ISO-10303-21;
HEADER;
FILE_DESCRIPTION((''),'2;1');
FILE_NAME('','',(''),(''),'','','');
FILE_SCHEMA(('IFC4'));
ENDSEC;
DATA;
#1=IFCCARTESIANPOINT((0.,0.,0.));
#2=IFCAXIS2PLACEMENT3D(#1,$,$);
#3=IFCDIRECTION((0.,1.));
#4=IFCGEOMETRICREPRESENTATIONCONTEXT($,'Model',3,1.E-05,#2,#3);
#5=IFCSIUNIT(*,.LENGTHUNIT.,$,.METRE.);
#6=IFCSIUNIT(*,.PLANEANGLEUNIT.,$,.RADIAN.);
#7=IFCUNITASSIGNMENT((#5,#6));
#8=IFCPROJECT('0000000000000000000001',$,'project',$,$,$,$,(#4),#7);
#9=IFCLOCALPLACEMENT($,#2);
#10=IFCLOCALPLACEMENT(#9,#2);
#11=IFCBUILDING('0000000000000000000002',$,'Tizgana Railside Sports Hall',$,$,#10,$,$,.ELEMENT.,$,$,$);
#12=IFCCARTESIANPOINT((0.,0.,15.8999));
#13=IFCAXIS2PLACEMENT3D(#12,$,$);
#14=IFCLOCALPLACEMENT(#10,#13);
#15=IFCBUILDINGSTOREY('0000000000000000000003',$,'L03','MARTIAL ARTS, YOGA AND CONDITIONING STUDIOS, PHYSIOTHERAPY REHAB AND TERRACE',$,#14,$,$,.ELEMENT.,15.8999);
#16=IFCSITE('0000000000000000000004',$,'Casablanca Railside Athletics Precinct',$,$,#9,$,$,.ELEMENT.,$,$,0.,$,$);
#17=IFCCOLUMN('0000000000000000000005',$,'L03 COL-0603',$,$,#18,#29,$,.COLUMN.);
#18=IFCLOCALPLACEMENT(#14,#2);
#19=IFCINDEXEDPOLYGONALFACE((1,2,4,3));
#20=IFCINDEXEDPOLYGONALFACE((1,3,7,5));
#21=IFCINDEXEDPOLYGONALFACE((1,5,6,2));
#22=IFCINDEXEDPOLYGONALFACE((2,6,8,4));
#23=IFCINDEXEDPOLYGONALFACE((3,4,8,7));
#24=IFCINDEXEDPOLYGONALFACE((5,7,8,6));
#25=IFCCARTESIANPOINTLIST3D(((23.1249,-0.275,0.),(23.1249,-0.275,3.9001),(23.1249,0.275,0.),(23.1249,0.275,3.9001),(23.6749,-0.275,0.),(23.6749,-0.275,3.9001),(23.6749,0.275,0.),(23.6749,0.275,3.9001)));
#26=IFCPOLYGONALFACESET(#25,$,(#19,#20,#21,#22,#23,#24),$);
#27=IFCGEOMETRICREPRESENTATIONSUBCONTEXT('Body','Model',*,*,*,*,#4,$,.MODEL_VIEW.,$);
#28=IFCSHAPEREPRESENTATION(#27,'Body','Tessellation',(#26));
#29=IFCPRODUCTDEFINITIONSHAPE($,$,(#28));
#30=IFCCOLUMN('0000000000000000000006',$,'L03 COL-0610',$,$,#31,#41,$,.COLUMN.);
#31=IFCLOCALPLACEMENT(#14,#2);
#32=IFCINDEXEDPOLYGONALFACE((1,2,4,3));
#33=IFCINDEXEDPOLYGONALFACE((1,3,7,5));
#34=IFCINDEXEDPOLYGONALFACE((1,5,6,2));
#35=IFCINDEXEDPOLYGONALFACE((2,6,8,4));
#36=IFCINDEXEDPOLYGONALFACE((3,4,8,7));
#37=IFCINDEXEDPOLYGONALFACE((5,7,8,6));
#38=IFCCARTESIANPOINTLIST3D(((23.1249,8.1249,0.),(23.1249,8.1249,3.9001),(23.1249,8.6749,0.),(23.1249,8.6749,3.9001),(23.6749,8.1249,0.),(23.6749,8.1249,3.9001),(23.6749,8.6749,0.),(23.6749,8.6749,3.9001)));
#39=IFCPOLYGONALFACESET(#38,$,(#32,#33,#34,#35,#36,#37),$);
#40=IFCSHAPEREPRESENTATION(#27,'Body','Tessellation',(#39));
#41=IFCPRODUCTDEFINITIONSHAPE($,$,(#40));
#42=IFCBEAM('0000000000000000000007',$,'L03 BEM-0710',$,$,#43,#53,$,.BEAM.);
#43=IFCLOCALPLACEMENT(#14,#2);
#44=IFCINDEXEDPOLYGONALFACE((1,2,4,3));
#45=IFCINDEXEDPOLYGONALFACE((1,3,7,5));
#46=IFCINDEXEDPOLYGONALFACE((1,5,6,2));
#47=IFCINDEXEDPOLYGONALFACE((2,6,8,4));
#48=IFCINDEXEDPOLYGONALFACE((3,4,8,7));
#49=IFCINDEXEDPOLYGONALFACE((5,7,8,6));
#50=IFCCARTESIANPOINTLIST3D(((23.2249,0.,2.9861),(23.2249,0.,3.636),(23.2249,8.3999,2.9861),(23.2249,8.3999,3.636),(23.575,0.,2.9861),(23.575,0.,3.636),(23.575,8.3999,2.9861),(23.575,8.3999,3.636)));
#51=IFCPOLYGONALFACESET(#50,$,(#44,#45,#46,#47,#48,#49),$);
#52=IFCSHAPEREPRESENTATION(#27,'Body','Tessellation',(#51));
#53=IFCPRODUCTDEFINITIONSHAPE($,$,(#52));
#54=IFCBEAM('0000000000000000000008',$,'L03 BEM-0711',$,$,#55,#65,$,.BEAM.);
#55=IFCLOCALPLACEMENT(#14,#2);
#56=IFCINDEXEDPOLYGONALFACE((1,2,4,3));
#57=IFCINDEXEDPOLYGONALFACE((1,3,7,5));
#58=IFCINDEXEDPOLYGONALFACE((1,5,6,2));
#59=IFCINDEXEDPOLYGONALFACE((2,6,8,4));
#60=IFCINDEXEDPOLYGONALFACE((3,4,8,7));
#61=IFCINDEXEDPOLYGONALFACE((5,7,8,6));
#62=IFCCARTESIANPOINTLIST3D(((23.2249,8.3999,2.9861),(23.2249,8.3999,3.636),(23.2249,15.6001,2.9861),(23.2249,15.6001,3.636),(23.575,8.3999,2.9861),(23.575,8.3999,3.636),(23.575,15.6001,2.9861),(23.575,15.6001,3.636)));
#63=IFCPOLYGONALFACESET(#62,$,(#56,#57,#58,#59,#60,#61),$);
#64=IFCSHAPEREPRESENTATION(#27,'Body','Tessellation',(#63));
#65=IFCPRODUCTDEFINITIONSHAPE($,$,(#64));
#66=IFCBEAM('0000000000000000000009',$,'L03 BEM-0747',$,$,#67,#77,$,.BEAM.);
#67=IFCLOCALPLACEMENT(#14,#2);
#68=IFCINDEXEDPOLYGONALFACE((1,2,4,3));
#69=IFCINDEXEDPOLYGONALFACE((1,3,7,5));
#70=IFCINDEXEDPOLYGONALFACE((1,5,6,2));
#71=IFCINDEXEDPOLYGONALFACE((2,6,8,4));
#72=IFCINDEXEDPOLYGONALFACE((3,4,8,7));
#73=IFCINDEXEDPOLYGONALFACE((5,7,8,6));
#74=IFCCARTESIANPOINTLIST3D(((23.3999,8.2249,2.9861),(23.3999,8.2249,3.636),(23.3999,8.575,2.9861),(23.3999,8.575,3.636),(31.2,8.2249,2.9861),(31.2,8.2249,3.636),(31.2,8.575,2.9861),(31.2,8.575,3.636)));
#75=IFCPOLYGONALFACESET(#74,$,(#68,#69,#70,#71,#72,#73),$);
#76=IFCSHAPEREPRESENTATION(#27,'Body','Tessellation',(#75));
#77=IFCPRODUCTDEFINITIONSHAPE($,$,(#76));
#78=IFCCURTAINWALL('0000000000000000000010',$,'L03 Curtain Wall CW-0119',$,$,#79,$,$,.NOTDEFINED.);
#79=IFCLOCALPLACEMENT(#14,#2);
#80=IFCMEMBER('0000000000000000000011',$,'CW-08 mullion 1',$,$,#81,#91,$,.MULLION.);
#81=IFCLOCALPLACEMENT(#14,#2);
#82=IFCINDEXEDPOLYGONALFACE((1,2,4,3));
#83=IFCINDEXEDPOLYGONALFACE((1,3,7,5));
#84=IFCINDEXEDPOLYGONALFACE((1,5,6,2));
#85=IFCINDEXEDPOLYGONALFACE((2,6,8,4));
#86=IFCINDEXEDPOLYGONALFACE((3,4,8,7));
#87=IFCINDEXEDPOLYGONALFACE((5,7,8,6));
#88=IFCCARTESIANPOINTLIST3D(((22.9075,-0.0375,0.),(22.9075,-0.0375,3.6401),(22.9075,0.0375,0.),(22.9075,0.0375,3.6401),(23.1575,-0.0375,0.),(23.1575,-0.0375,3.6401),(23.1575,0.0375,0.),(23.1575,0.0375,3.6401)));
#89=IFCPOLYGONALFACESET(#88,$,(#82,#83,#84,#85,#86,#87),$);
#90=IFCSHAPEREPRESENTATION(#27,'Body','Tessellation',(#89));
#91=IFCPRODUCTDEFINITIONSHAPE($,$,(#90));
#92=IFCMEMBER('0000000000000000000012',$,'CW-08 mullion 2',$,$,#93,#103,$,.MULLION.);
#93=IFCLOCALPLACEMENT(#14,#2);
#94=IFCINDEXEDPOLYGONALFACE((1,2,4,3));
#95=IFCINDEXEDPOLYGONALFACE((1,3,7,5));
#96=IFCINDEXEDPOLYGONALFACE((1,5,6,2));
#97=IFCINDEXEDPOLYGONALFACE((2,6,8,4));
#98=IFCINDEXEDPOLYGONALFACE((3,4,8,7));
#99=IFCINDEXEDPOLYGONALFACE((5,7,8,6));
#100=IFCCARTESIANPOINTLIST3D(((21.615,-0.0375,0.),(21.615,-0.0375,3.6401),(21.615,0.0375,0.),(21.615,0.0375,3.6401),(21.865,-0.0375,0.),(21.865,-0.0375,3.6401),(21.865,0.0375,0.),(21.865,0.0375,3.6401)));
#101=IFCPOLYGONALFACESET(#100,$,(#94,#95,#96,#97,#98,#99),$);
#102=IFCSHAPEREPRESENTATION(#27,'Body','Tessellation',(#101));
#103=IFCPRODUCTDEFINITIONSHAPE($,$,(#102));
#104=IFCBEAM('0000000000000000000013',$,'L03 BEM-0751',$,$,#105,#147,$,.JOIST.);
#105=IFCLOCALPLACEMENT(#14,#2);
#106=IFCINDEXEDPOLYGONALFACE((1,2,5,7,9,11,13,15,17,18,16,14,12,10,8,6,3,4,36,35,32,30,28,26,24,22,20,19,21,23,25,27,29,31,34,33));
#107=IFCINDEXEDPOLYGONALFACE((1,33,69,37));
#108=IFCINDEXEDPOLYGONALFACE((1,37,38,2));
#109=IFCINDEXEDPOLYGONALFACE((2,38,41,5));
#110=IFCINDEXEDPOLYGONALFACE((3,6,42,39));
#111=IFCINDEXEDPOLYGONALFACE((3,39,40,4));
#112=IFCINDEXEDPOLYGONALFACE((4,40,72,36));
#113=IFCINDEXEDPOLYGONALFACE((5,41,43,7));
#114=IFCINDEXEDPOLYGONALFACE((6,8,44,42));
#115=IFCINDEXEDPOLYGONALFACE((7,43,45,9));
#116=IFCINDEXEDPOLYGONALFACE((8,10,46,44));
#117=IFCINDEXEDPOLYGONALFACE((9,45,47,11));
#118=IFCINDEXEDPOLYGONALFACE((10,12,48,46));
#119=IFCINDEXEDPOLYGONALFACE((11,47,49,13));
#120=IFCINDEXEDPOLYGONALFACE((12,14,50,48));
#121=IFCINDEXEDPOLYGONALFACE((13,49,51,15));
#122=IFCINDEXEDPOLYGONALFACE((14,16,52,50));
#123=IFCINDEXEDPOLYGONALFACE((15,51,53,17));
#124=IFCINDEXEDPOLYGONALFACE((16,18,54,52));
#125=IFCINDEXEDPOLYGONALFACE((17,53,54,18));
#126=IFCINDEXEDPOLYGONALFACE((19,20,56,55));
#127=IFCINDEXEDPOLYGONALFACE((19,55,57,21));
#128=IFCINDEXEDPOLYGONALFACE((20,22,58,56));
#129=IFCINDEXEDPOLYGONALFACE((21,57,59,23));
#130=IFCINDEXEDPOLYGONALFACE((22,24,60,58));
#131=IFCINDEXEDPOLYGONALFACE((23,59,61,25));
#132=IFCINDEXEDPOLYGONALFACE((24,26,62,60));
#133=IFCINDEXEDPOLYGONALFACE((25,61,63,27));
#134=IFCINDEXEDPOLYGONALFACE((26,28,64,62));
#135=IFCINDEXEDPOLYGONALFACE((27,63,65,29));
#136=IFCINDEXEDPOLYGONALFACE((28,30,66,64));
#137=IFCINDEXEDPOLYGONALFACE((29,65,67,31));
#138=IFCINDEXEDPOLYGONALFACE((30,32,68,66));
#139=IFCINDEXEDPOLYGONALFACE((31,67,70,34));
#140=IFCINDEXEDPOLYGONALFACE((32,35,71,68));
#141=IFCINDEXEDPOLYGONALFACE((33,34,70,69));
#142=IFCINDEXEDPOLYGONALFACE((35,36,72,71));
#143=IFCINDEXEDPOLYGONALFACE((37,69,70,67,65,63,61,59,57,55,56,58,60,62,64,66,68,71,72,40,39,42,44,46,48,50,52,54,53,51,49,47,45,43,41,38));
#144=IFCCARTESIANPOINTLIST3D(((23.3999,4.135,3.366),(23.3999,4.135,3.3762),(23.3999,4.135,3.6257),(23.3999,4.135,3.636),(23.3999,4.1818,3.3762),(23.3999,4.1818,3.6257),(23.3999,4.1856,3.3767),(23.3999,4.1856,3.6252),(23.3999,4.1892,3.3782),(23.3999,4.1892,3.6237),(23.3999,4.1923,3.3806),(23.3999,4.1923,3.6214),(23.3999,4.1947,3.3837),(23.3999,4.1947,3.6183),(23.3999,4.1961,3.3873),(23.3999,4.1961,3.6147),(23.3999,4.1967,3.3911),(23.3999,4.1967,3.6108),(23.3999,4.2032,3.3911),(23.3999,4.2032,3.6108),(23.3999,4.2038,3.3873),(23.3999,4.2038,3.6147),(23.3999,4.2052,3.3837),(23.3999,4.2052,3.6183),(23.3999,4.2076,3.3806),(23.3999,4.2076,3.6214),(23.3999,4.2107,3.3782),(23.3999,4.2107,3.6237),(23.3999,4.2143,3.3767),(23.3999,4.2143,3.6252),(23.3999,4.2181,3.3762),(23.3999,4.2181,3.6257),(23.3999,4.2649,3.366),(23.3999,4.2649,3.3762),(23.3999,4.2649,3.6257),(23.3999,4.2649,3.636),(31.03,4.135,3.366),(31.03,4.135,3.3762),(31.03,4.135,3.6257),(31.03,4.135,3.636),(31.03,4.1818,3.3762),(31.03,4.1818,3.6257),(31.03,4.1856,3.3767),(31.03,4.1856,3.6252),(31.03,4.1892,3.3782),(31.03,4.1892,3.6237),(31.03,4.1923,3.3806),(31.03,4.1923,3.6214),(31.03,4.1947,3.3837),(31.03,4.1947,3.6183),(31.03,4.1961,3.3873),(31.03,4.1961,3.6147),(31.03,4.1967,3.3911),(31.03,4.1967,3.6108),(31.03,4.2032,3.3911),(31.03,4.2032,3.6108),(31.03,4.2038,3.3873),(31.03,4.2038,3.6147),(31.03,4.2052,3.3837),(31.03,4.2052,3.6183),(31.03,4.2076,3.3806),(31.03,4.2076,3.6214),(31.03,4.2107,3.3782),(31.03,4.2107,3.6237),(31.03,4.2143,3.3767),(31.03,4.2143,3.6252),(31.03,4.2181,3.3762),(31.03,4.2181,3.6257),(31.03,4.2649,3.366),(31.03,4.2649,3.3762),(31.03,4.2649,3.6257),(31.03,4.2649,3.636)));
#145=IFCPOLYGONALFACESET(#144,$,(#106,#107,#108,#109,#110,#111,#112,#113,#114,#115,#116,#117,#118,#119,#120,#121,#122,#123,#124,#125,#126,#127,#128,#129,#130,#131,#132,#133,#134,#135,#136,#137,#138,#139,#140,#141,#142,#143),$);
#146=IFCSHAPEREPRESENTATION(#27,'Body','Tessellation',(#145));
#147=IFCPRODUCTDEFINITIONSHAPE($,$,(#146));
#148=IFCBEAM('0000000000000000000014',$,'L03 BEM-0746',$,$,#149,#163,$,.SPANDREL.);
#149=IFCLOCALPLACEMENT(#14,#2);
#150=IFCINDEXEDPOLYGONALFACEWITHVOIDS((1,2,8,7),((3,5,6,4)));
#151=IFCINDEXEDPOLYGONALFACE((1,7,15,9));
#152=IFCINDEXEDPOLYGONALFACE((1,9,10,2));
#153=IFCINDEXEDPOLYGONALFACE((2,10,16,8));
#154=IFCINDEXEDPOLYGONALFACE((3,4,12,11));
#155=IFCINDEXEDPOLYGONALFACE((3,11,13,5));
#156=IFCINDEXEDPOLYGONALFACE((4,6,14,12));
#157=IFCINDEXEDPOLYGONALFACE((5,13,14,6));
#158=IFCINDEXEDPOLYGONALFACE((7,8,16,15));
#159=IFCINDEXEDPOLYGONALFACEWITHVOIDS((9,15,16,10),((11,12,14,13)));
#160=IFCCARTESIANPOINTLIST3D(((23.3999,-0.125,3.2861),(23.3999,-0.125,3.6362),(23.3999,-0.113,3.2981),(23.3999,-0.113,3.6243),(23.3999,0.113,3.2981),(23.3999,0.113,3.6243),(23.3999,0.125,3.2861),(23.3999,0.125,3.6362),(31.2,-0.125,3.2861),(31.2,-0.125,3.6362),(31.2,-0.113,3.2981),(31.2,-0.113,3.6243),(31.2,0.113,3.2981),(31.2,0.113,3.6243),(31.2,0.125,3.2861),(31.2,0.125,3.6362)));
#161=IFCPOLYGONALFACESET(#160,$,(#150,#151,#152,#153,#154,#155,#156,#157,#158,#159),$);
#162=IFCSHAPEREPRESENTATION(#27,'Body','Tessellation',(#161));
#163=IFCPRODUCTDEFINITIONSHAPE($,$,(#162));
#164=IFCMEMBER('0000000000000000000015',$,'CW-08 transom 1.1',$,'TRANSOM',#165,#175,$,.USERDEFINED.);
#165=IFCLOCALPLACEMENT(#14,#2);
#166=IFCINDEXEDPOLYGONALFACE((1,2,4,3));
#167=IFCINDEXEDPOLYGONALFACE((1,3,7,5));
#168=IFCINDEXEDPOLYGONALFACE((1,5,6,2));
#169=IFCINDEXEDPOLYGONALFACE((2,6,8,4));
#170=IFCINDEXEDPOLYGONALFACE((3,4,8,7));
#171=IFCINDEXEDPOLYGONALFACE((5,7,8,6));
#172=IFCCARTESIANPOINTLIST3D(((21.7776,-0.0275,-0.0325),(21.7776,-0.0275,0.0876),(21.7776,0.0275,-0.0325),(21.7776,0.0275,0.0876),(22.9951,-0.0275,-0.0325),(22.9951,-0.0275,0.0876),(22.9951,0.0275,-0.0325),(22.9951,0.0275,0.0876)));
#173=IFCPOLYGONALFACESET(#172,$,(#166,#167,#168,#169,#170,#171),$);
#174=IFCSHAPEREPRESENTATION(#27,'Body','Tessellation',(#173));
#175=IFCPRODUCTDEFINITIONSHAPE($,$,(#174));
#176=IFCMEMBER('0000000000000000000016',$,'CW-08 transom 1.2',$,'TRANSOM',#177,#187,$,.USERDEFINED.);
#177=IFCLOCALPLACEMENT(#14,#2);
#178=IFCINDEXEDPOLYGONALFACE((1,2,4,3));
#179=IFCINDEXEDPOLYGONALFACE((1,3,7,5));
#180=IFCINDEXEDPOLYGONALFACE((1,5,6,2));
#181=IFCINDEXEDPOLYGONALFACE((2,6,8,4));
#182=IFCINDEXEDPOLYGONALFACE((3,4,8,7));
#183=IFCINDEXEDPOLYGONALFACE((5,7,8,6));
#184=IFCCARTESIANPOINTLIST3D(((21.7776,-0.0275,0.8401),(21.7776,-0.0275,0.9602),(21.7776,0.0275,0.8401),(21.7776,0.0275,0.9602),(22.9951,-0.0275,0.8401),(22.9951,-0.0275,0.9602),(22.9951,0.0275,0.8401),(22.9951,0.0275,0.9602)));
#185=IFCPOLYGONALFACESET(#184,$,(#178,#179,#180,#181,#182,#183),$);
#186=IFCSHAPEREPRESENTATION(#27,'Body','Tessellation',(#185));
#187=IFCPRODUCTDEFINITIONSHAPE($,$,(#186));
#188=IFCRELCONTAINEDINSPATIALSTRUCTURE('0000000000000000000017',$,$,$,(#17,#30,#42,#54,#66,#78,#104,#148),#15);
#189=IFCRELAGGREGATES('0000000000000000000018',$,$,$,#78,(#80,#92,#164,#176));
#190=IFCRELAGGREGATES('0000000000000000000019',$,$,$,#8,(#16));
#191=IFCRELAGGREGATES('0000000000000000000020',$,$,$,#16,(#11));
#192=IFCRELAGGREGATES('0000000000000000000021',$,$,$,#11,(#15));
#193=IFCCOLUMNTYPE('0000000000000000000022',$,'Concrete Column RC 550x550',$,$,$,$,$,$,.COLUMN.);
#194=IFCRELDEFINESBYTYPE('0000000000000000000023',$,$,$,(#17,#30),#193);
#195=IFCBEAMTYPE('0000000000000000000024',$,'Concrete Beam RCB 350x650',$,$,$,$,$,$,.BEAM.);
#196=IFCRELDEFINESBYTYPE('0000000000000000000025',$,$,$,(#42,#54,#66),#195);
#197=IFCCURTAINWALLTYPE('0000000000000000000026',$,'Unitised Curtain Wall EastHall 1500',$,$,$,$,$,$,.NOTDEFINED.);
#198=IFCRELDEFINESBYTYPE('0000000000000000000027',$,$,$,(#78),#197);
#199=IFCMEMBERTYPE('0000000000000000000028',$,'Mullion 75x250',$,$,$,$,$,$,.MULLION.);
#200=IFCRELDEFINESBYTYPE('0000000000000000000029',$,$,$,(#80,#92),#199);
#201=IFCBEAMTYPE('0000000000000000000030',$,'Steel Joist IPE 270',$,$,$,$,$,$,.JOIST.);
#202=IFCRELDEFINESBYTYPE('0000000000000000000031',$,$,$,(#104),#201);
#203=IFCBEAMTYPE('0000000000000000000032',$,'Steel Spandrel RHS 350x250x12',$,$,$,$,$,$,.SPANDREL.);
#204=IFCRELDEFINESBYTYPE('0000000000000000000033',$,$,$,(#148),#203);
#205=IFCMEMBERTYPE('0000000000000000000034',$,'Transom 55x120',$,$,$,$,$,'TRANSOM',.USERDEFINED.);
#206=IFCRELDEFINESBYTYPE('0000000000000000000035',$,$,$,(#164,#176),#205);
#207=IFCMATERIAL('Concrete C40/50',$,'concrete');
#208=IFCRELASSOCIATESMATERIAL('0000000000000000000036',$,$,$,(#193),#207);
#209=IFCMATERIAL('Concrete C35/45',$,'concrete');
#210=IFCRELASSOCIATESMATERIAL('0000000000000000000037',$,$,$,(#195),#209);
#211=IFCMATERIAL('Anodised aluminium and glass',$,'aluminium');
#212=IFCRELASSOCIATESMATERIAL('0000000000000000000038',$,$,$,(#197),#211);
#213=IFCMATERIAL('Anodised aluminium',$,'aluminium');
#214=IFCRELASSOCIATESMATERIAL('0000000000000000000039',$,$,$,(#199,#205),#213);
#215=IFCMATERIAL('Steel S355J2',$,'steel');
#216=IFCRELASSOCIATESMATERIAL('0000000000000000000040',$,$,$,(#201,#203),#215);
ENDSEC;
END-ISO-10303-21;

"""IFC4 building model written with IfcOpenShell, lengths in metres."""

from ifc_helpers import new_model, si_unit, direction, frame, origin, origin_2d, place, context, subcontext, project, spatial, rectangle, hollow_rectangle, i_section, extrude, material, material_profile, profile_set, type_object, element, aggregate, save


model = new_model("IFC4")

# Units and contexts
model_context = context("Model", 3, precision=1e-05, world=origin(), true_north=direction((0.0, 1.0)))
body_context = subcontext(model_context, "Body", "Model", "MODEL_VIEW")
ifc_project = project(units=[si_unit("LENGTHUNIT", "METRE"), si_unit("PLANEANGLEUNIT", "RADIAN")], contexts=[model_context])

# Site, building, storey
site_placement = place(None, origin())
site = spatial("IfcSite", under=ifc_project, at=site_placement, Name="Casablanca Railside Athletics Precinct", CompositionType="ELEMENT", RefElevation=0.0)
building_placement = place(site_placement, origin())
building = spatial("IfcBuilding", under=site, at=building_placement, Name="Tizgana Railside Sports Hall", CompositionType="ELEMENT")
storey_placement = place(building_placement, frame((0.0, 0.0, 15.8999)))
storey = spatial("IfcBuildingStorey", under=building, at=storey_placement, Name="L03", Description="MARTIAL ARTS, YOGA AND CONDITIONING STUDIOS, PHYSIOTHERAPY REHAB AND TERRACE", CompositionType="ELEMENT", Elevation=15.8999)

# Columns
ifc_material_1 = material(Name="Concrete C40/50", Category="concrete")
ifc_material_profile_1 = material_profile(ifc_material_1, rectangle(XDim=0.55, YDim=0.55, at=origin_2d()), Name="RC 550x550")
ifc_profile_set_1 = profile_set([ifc_material_profile_1], Name="Concrete C40/50")
column_type = type_object("IfcColumnType", Name="Concrete Column RC 550x550", PredefinedType="COLUMN", material=ifc_profile_set_1)
for number, where, z_axis, x_axis, name in (
    (1, (23.3999, 0.0, 0.0), (0.0, 0.0, 1.0), (1.0, 0.0, 0.0), "L03 COL-0603"),
    (2, (23.3999, 8.3999, 0.0), (0.0, 0.0, 1.0), (1.0, 0.0, 0.0), "L03 COL-0610"),
):
    element("IfcColumn", number, at=place(storey_placement, frame(where, z_axis=z_axis, x_axis=x_axis)), inside=storey, type_object=column_type, Name=name, PredefinedType="COLUMN", context=body_context, shape_type="SweptSolid", body=[
        extrude(rectangle(XDim=0.55, YDim=0.55, at=origin_2d()), origin(), (0.0, 0.0, 1.0), 3.9001),
    ])

# Beams
ifc_material_2 = material(Name="Concrete C35/45", Category="concrete")
ifc_material_profile_2 = material_profile(ifc_material_2, rectangle(XDim=0.3501, YDim=0.6499, at=origin_2d()), Name="RCB 350x650")
ifc_profile_set_2 = profile_set([ifc_material_profile_2], Name="Concrete C35/45")
beam_type_1 = type_object("IfcBeamType", Name="Concrete Beam RCB 350x650", PredefinedType="BEAM", material=ifc_profile_set_2)
beam_1_placement = place(storey_placement, frame((23.3999, 0.0, 3.311), z_axis=(0.0, 1.0, 0.0), x_axis=(-1.0, 0.0, 0.0)))
element("IfcBeam", 3, at=beam_1_placement, inside=storey, type_object=beam_type_1, Name="L03 BEM-0710", PredefinedType="BEAM", context=body_context, shape_type="SweptSolid", body=[
    extrude(rectangle(XDim=0.3501, YDim=0.6499, at=origin_2d()), origin(), (0.0, 0.0, 1.0), 8.3999),
])
beam_2_placement = place(storey_placement, frame((23.3999, 8.3999, 3.311), z_axis=(0.0, 1.0, 0.0), x_axis=(-1.0, 0.0, 0.0)))
element("IfcBeam", 4, at=beam_2_placement, inside=storey, type_object=beam_type_1, Name="L03 BEM-0711", PredefinedType="BEAM", context=body_context, shape_type="SweptSolid", body=[
    extrude(rectangle(XDim=0.3501, YDim=0.6499, at=origin_2d()), origin(), (0.0, 0.0, 1.0), 7.2002),
])
beam_3_placement = place(storey_placement, frame((23.3999, 8.3999, 3.311), z_axis=(1.0, 0.0, 0.0), x_axis=(0.0, 1.0, 0.0)))
element("IfcBeam", 5, at=beam_3_placement, inside=storey, type_object=beam_type_1, Name="L03 BEM-0747", PredefinedType="BEAM", context=body_context, shape_type="SweptSolid", body=[
    extrude(rectangle(XDim=0.3501, YDim=0.6499, at=origin_2d()), origin(), (0.0, 0.0, 1.0), 7.8),
])

# Curtain wall, members
ifc_material_3 = material(Name="Anodised aluminium and glass", Category="aluminium")
curtain_wall_type = type_object("IfcCurtainWallType", Name="Unitised Curtain Wall EastHall 1500", PredefinedType="NOTDEFINED", material=ifc_material_3)
curtain_wall_placement = place(storey_placement, origin())
curtain_wall = element("IfcCurtainWall", 6, at=curtain_wall_placement, inside=storey, type_object=curtain_wall_type, Name="L03 Curtain Wall CW-0119", PredefinedType="NOTDEFINED")
ifc_material_4 = material(Name="Anodised aluminium", Category="aluminium")
ifc_material_profile_3 = material_profile(ifc_material_4, rectangle(XDim=0.075, YDim=0.25, at=origin_2d()), Name="Mullion 75x250")
ifc_profile_set_3 = profile_set([ifc_material_profile_3], Name="Anodised aluminium")
member_type_1 = type_object("IfcMemberType", Name="Mullion 75x250", PredefinedType="MULLION", material=ifc_profile_set_3)
member_1_placement = place(storey_placement, frame((23.0325, 0.0, 0.0), z_axis=(0.0, 0.0, 1.0), x_axis=(0.0, -1.0, 0.0)))
member_1 = element("IfcMember", 7, at=member_1_placement, type_object=member_type_1, Name="CW-08 mullion 1", PredefinedType="MULLION", context=body_context, shape_type="SweptSolid", body=[
    extrude(rectangle(XDim=0.075, YDim=0.25, at=origin_2d()), origin(), (0.0, 0.0, 1.0), 3.6401),
])
member_2_placement = place(storey_placement, frame((21.74, 0.0, 0.0), z_axis=(0.0, 0.0, 1.0), x_axis=(0.0, -1.0, 0.0)))
member_2 = element("IfcMember", 8, at=member_2_placement, type_object=member_type_1, Name="CW-08 mullion 2", PredefinedType="MULLION", context=body_context, shape_type="SweptSolid", body=[
    extrude(rectangle(XDim=0.075, YDim=0.25, at=origin_2d()), origin(), (0.0, 0.0, 1.0), 3.6401),
])

# Beams
ifc_material_5 = material(Name="Steel S355J2", Category="steel")
ifc_material_profile_4 = material_profile(ifc_material_5, i_section(OverallWidth=0.1299, OverallDepth=0.27, WebThickness=0.0066, FlangeThickness=0.0103, FilletRadius=0.0149, at=origin_2d()), Name="IPE 270")
ifc_profile_set_4 = profile_set([ifc_material_profile_4], Name="Steel S355J2")
beam_type_2 = type_object("IfcBeamType", Name="Steel Joist IPE 270", PredefinedType="JOIST", material=ifc_profile_set_4)
beam_4_placement = place(storey_placement, frame((23.3999, 4.2, 3.501), z_axis=(1.0, 0.0, 0.0), x_axis=(0.0, 1.0, 0.0)))
element("IfcBeam", 9, at=beam_4_placement, inside=storey, type_object=beam_type_2, Name="L03 BEM-0751", PredefinedType="JOIST", context=body_context, shape_type="SweptSolid", body=[
    extrude(i_section(OverallWidth=0.1299, OverallDepth=0.27, WebThickness=0.0066, FlangeThickness=0.0103, FilletRadius=0.0149, at=origin_2d()), origin(), (0.0, 0.0, 1.0), 7.6301),
])
ifc_material_profile_5 = material_profile(ifc_material_5, hollow_rectangle(XDim=0.25, YDim=0.3501, WallThickness=0.012, at=origin_2d()), Name="RHS 350x250x12")
ifc_profile_set_5 = profile_set([ifc_material_profile_5], Name="Steel S355J2")
beam_type_3 = type_object("IfcBeamType", Name="Steel Spandrel RHS 350x250x12", PredefinedType="SPANDREL", material=ifc_profile_set_5)
beam_5_placement = place(storey_placement, frame((23.3999, 0.0, 3.4612), z_axis=(1.0, 0.0, 0.0), x_axis=(0.0, 1.0, 0.0)))
element("IfcBeam", 10, at=beam_5_placement, inside=storey, type_object=beam_type_3, Name="L03 BEM-0746", PredefinedType="SPANDREL", context=body_context, shape_type="SweptSolid", body=[
    extrude(hollow_rectangle(XDim=0.25, YDim=0.3501, WallThickness=0.012, at=origin_2d()), origin(), (0.0, 0.0, 1.0), 7.8),
])

# Members
ifc_material_profile_6 = material_profile(ifc_material_4, rectangle(XDim=0.0549, YDim=0.1201, at=origin_2d()), Name="Transom 55x120")
ifc_profile_set_6 = profile_set([ifc_material_profile_6], Name="Anodised aluminium")
member_type_2 = type_object("IfcMemberType", Name="Transom 55x120", ElementType="TRANSOM", PredefinedType="USERDEFINED", material=ifc_profile_set_6)
member_3_placement = place(storey_placement, frame((22.9951, 0.0, 0.0276), z_axis=(-1.0, 0.0, 0.0), x_axis=(0.0, -1.0, 0.0)))
member_3 = element("IfcMember", 11, at=member_3_placement, type_object=member_type_2, Name="CW-08 transom 1.1", ObjectType="TRANSOM", PredefinedType="USERDEFINED", context=body_context, shape_type="SweptSolid", body=[
    extrude(rectangle(XDim=0.0549, YDim=0.1201, at=origin_2d()), origin(), (0.0, 0.0, 1.0), 1.2175),
])
member_4_placement = place(storey_placement, frame((22.9951, 0.0, 0.9001), z_axis=(-1.0, 0.0, 0.0), x_axis=(0.0, -1.0, 0.0)))
member_4 = element("IfcMember", 12, at=member_4_placement, type_object=member_type_2, Name="CW-08 transom 1.2", ObjectType="TRANSOM", PredefinedType="USERDEFINED", context=body_context, shape_type="SweptSolid", body=[
    extrude(rectangle(XDim=0.0549, YDim=0.1201, at=origin_2d()), origin(), (0.0, 0.0, 1.0), 1.2175),
])

aggregate(curtain_wall, [member_1, member_2, member_3, member_4])

save(model, "model.ifc")
